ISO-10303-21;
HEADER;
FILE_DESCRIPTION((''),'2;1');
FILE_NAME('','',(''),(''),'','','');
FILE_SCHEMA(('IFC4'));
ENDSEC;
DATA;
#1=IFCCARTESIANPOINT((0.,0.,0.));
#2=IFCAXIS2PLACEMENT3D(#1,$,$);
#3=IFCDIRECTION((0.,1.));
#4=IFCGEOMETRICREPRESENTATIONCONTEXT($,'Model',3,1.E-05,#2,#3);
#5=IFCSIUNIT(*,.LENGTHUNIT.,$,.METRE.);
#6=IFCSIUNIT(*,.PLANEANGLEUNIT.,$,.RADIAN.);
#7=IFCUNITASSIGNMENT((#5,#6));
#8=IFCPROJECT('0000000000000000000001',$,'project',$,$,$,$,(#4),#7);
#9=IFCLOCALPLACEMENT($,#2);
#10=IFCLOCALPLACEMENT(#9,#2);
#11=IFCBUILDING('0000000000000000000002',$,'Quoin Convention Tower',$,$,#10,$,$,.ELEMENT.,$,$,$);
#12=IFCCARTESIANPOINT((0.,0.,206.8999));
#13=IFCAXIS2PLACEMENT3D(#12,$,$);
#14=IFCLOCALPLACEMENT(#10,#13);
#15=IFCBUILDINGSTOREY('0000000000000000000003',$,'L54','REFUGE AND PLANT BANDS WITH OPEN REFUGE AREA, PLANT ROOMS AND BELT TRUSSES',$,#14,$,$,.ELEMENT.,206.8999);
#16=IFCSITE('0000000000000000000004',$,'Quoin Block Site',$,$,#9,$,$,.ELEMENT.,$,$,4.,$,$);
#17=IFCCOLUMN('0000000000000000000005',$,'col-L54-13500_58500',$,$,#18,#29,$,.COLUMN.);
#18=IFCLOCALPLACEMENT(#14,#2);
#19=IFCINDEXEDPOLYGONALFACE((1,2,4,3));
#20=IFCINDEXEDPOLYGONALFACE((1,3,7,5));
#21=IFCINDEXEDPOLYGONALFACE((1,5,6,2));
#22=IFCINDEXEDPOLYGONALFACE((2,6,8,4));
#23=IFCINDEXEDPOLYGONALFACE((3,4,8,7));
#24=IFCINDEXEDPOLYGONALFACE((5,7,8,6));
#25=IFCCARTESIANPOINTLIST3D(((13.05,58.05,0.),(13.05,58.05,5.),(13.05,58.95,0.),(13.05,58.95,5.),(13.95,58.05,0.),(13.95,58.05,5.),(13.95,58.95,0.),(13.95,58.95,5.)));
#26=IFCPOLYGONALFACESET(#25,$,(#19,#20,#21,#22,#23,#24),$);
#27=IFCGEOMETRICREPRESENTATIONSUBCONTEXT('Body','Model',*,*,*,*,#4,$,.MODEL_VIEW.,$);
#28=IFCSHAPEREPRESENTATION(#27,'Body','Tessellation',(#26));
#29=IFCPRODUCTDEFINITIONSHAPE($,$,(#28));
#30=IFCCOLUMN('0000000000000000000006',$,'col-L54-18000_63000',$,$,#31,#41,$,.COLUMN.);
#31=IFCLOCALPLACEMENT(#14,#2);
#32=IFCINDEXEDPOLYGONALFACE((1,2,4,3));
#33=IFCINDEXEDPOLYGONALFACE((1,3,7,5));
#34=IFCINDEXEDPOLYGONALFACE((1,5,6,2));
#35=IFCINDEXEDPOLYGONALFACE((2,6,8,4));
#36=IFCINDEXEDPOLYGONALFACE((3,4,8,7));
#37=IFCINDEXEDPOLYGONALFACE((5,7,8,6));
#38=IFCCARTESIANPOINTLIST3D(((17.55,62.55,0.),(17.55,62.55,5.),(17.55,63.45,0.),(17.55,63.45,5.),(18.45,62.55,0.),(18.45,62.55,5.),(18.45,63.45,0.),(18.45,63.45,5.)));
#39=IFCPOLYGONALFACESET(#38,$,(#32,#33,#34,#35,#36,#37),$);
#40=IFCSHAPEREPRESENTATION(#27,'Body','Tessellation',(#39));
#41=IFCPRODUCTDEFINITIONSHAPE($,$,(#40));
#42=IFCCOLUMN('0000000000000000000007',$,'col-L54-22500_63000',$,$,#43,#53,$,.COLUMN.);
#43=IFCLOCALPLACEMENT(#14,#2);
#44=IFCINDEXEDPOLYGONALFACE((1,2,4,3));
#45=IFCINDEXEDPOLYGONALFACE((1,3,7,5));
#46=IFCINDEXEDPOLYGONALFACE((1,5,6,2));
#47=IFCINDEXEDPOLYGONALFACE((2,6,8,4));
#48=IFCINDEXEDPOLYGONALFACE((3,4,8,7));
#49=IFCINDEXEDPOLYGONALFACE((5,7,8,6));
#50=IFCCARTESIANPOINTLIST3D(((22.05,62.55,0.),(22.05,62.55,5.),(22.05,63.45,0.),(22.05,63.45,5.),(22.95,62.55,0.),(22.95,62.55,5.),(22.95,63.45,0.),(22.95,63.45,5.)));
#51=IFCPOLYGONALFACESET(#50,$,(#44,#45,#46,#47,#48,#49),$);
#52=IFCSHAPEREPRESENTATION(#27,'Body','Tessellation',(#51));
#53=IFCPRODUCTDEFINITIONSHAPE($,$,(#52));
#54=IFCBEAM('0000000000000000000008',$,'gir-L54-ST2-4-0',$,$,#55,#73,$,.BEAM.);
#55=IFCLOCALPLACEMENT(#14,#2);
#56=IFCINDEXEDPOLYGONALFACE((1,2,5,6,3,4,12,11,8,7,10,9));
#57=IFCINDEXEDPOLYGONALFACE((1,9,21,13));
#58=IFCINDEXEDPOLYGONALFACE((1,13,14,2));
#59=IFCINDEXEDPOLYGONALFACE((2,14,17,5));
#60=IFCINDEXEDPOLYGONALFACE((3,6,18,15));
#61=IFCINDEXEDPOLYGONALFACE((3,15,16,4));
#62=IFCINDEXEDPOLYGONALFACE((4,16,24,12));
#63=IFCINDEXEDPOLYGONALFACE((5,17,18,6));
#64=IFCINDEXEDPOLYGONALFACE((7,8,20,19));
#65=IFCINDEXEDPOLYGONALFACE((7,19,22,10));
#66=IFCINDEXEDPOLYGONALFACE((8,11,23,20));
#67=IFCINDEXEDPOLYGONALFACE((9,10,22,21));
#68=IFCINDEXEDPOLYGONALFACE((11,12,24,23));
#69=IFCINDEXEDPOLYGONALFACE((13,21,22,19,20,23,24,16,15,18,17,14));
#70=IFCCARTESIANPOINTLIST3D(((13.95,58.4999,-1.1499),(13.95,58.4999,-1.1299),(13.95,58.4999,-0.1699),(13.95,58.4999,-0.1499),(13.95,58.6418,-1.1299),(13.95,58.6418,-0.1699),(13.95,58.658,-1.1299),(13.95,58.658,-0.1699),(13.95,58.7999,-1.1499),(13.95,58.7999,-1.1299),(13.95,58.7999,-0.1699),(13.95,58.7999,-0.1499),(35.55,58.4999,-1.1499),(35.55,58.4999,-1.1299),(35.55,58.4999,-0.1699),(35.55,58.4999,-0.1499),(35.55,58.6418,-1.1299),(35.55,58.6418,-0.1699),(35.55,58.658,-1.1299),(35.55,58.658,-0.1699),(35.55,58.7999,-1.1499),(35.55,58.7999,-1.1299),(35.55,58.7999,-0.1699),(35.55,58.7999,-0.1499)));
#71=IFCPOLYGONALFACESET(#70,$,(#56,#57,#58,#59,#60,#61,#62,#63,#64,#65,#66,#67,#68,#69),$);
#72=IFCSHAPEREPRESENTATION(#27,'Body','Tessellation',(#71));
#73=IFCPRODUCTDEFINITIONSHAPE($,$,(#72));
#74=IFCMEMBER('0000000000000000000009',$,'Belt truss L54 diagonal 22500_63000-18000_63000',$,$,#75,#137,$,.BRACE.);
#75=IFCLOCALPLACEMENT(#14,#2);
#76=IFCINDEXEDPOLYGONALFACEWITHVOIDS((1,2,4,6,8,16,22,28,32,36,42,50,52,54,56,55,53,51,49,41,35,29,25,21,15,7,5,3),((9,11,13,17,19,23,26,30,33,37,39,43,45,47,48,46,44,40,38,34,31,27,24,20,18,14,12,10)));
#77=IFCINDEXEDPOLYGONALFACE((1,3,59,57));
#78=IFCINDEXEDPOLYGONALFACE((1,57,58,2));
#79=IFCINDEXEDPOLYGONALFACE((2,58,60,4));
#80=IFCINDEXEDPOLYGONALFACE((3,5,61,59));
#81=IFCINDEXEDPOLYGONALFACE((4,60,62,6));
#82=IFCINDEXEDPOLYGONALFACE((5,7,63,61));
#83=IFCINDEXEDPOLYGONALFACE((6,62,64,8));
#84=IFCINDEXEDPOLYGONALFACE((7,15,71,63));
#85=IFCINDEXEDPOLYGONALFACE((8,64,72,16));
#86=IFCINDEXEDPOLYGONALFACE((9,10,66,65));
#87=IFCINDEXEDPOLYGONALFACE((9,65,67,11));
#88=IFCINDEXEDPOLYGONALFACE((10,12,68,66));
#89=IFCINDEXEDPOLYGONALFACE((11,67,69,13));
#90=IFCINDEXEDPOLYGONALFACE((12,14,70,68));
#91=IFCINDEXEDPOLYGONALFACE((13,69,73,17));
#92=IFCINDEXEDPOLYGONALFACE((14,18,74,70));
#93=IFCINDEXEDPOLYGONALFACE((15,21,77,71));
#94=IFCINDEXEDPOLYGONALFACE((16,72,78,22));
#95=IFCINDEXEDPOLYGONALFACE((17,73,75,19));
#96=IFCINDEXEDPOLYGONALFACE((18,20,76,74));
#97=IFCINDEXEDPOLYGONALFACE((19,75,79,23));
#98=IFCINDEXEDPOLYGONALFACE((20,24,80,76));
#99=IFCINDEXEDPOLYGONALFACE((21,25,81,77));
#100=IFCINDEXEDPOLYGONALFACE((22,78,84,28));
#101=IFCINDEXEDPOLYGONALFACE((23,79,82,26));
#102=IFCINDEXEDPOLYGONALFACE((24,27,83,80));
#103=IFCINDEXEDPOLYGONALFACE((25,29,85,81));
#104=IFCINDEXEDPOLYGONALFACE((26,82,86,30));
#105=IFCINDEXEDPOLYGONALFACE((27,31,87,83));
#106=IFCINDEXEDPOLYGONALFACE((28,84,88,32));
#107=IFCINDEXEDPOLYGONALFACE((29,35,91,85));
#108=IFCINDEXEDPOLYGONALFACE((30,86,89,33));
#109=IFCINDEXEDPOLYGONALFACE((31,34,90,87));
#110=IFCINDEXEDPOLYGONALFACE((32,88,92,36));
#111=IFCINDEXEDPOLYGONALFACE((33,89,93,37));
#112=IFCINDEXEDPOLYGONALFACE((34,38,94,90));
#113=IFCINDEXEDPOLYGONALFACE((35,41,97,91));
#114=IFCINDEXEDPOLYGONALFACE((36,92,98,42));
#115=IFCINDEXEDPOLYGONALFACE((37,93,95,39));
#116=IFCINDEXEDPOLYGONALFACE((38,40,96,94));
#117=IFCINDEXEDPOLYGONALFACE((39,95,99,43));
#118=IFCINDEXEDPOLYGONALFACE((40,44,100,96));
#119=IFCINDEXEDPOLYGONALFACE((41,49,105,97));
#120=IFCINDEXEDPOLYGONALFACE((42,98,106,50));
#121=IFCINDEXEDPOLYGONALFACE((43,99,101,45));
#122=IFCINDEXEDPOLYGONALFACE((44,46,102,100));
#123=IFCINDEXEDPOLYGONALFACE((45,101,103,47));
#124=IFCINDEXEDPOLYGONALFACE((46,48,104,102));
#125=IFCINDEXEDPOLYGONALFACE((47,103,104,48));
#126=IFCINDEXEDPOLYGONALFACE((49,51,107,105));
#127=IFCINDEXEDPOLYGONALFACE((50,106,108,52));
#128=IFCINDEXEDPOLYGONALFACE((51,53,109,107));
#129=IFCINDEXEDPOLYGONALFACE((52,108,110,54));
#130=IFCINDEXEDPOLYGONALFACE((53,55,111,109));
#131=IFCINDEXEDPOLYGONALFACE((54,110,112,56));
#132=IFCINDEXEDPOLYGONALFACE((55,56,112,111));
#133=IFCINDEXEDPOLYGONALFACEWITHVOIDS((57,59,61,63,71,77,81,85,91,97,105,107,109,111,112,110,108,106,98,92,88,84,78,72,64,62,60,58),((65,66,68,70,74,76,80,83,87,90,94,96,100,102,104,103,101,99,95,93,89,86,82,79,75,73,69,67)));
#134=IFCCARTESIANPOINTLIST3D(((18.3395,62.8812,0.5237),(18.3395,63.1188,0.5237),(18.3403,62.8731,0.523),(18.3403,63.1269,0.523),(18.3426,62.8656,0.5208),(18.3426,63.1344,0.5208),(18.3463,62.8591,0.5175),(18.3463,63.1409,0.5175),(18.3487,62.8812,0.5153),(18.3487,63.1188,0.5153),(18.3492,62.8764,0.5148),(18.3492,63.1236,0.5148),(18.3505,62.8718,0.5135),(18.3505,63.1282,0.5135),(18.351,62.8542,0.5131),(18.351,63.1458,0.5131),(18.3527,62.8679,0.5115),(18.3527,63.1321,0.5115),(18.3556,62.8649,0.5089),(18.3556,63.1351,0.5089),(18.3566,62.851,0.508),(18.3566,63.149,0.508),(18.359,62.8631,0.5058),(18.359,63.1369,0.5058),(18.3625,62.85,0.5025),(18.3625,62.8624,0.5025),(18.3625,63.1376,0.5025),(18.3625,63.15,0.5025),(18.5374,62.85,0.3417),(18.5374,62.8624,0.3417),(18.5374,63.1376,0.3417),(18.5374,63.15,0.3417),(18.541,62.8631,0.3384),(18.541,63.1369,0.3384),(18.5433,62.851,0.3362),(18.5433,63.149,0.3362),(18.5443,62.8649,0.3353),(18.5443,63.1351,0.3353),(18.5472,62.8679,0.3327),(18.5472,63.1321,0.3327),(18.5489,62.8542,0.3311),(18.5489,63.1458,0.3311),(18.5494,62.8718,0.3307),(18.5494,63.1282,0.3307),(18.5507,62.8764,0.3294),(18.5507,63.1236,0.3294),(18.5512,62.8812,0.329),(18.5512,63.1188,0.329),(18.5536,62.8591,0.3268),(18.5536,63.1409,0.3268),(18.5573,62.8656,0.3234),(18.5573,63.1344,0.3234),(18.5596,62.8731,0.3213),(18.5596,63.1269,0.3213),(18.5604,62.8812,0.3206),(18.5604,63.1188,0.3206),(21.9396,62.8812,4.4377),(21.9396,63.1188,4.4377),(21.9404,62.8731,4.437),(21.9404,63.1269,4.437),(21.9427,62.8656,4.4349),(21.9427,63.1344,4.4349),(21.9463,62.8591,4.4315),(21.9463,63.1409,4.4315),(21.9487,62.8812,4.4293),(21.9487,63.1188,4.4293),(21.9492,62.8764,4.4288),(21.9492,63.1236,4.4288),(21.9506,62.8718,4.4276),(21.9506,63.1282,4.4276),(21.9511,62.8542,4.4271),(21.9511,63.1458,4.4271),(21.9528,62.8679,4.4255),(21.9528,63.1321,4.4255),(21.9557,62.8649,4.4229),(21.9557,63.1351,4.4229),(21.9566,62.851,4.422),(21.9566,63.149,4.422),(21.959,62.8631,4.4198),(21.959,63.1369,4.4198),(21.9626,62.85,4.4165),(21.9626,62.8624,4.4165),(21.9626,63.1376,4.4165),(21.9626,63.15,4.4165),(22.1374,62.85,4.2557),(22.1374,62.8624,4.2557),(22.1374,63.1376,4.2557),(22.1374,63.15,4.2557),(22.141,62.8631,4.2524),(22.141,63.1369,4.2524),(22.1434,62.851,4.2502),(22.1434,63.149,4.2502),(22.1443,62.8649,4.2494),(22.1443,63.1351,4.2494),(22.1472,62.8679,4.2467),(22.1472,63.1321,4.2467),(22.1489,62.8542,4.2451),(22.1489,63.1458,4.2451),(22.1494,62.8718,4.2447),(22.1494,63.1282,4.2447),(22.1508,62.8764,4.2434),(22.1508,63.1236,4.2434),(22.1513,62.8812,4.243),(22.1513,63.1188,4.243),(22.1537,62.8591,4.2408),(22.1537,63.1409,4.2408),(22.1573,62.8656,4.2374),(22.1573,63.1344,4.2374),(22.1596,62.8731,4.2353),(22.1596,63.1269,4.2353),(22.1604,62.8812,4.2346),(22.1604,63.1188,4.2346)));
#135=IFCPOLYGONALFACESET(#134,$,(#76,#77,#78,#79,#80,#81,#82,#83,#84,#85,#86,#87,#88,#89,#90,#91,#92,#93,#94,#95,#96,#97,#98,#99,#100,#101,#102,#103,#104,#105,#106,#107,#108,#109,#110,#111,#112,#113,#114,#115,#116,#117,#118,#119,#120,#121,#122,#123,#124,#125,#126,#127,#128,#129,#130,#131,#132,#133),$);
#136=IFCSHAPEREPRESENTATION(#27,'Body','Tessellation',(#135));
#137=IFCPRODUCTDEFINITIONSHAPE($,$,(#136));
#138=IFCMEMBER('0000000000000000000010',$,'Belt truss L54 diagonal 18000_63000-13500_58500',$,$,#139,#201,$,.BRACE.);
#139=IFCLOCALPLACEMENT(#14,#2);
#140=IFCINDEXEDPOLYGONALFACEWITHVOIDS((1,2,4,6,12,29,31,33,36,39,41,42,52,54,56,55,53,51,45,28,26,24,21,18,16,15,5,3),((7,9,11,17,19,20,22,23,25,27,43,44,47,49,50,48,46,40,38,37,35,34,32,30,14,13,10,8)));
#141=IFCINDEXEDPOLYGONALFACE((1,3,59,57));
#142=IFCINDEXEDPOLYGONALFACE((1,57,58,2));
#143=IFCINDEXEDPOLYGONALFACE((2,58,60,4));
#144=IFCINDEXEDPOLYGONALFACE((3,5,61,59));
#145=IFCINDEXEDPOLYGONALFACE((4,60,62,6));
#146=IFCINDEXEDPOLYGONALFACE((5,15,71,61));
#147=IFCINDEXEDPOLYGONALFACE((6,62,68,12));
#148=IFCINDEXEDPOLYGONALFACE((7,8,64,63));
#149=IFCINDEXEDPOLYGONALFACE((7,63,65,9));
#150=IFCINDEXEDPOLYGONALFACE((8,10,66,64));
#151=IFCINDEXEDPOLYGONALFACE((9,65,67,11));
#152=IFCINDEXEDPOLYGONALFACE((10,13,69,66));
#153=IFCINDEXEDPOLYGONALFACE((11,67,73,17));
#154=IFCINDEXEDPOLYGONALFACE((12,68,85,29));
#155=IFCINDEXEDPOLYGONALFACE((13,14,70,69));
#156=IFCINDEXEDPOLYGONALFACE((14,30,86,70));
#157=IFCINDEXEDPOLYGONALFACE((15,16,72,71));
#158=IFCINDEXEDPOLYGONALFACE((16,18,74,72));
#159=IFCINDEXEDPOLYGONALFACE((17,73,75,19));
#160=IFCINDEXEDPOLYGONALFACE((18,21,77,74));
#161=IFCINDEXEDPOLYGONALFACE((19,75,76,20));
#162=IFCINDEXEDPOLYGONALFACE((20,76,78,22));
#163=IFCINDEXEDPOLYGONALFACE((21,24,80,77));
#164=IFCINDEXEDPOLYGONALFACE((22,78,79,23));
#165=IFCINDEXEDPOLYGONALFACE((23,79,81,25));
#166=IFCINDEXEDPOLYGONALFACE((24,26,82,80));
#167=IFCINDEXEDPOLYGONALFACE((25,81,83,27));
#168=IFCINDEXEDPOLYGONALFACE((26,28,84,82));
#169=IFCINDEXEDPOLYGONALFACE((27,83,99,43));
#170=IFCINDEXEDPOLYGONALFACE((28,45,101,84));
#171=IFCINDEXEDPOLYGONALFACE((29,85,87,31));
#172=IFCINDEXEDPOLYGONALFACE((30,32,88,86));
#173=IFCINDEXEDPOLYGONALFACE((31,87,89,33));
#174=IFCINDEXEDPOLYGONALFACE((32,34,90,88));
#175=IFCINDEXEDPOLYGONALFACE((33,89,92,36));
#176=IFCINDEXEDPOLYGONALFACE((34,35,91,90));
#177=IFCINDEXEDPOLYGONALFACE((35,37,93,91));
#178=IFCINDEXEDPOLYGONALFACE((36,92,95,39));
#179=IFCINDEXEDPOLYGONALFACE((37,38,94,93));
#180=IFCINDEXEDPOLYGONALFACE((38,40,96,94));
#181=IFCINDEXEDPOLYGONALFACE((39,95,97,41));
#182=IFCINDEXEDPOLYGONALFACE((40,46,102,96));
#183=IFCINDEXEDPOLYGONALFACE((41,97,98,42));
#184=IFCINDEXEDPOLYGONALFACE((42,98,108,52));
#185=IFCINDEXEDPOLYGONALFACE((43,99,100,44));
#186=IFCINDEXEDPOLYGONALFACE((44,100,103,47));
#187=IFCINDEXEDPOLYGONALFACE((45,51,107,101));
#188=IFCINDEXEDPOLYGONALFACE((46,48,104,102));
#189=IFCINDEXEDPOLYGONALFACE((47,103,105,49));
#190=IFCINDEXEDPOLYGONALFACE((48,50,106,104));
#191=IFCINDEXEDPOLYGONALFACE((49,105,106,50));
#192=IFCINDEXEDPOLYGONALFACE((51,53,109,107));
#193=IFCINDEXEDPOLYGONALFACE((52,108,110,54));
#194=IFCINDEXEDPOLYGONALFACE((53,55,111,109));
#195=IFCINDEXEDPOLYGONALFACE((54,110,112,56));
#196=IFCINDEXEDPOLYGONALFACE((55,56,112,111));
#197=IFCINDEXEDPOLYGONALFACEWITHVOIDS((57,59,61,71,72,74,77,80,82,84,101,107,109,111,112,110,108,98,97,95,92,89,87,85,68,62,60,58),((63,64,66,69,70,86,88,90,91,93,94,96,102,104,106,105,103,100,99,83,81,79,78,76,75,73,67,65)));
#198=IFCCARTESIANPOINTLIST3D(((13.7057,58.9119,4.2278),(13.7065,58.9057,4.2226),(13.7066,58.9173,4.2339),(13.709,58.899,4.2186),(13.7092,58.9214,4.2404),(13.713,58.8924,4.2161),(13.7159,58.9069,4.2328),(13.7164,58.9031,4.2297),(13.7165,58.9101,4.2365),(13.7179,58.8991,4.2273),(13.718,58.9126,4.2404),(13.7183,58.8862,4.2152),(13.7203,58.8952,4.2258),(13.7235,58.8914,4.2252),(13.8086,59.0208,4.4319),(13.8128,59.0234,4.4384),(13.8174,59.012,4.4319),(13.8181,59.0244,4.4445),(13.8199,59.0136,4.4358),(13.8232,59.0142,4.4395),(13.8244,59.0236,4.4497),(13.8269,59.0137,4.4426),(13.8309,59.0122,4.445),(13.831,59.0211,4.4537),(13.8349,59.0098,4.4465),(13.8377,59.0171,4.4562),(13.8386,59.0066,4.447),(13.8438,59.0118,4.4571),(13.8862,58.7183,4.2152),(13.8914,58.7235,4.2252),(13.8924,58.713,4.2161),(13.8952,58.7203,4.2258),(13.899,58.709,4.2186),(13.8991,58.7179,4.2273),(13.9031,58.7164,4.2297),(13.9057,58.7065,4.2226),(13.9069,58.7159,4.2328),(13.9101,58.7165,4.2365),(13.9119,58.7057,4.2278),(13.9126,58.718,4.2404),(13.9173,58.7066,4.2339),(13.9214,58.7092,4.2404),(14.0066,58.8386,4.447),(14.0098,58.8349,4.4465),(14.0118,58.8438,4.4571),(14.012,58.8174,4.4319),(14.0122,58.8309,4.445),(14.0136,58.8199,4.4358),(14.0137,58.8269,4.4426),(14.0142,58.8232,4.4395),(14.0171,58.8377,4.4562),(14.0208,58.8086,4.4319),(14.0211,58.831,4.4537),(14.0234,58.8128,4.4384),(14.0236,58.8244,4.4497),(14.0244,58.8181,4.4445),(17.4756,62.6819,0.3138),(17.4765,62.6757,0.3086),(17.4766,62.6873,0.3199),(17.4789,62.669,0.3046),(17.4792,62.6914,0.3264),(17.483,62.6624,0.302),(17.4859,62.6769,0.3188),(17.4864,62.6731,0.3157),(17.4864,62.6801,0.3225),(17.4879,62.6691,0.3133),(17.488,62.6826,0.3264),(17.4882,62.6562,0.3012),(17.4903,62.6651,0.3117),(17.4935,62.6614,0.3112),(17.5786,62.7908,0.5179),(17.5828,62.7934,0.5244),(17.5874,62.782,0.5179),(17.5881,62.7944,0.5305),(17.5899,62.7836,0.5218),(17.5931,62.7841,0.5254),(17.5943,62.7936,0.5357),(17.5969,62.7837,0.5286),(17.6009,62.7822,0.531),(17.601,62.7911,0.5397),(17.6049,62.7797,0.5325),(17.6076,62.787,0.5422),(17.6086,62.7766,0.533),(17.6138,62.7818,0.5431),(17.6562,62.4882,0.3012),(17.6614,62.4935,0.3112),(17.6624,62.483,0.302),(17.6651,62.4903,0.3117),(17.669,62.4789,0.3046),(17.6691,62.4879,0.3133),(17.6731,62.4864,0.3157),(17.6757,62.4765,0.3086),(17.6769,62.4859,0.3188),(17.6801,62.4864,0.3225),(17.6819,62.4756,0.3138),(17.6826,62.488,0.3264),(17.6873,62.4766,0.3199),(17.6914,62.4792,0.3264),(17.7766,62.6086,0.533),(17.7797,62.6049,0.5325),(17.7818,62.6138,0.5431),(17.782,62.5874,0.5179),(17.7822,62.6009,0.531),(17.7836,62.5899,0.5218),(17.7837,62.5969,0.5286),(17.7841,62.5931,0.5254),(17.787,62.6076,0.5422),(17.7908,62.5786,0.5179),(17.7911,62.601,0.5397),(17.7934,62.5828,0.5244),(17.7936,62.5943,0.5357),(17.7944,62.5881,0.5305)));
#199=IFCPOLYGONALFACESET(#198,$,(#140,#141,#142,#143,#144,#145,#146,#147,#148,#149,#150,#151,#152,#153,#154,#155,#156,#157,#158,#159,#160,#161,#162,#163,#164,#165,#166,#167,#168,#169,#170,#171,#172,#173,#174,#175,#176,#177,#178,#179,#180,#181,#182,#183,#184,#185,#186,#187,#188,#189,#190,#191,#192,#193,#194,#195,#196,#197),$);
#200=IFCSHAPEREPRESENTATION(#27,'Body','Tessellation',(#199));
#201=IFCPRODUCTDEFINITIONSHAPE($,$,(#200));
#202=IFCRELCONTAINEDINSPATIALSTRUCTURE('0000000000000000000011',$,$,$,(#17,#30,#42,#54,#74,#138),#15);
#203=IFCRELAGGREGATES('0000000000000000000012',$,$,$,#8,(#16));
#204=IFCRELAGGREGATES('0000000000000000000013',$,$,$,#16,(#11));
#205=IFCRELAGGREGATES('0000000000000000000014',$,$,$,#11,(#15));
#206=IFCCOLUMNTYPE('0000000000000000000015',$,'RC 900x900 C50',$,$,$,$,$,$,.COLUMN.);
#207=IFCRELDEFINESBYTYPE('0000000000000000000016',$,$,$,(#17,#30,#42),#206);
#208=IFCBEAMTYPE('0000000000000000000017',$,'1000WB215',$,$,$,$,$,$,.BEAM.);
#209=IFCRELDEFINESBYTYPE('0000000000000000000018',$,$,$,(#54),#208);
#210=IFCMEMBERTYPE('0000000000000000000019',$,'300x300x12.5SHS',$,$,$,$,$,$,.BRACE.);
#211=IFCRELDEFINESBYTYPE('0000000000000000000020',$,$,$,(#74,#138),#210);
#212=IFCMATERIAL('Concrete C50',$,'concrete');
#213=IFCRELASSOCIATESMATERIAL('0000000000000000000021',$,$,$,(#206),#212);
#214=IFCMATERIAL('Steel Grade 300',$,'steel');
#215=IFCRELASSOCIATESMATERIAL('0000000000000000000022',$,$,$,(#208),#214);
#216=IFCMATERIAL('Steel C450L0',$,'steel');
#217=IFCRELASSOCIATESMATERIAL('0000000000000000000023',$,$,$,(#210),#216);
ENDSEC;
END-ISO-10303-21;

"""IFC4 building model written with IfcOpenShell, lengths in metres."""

from ifc_helpers import new_model, si_unit, direction, frame, origin, origin_2d, place, context, subcontext, project, spatial, rectangle, hollow_rectangle, i_section, extrude, material, material_profile, profile_set, type_object, element, save


model = new_model("IFC4")

# Units and contexts
model_context = context("Model", 3, precision=1e-05, world=origin(), true_north=direction((0.0, 1.0)))
body_context = subcontext(model_context, "Body", "Model", "MODEL_VIEW")
ifc_project = project(units=[si_unit("LENGTHUNIT", "METRE"), si_unit("PLANEANGLEUNIT", "RADIAN")], contexts=[model_context])

# Site, building, storey
site_placement = place(None, origin())
site = spatial("IfcSite", under=ifc_project, at=site_placement, Name="Quoin Block Site", CompositionType="ELEMENT", RefElevation=4.0)
building_placement = place(site_placement, origin())
building = spatial("IfcBuilding", under=site, at=building_placement, Name="Quoin Convention Tower", CompositionType="ELEMENT")
storey_placement = place(building_placement, frame((0.0, 0.0, 206.8999)))
storey = spatial("IfcBuildingStorey", under=building, at=storey_placement, Name="L54", Description="REFUGE AND PLANT BANDS WITH OPEN REFUGE AREA, PLANT ROOMS AND BELT TRUSSES", CompositionType="ELEMENT", Elevation=206.8999)

# Columns
ifc_material_1 = material(Name="Concrete C50", Category="concrete")
ifc_material_profile_1 = material_profile(ifc_material_1, rectangle(XDim=0.8999, YDim=0.8999, at=origin_2d()), Name="RC 900x900")
ifc_profile_set_1 = profile_set([ifc_material_profile_1], Name="Concrete C50")
column_type = type_object("IfcColumnType", Name="RC 900x900 C50", PredefinedType="COLUMN", material=ifc_profile_set_1)
for number, where, z_axis, x_axis, name in (
    (1, (13.5, 58.5, 0.0), (0.0, 0.0, 1.0), (1.0, 0.0, 0.0), "col-L54-13500_58500"),
    (2, (18.0, 63.0, 0.0), (0.0, 0.0, 1.0), (1.0, 0.0, 0.0), "col-L54-18000_63000"),
    (3, (22.5, 63.0, 0.0), (0.0, 0.0, 1.0), (1.0, 0.0, 0.0), "col-L54-22500_63000"),
):
    element("IfcColumn", number, at=place(storey_placement, frame(where, z_axis=z_axis, x_axis=x_axis)), inside=storey, type_object=column_type, Name=name, PredefinedType="COLUMN", context=body_context, shape_type="SweptSolid", body=[
        extrude(rectangle(XDim=0.8999, YDim=0.8999, at=origin_2d()), origin(), (0.0, 0.0, 1.0), 5.0),
    ])

# Beam
ifc_material_2 = material(Name="Steel Grade 300", Category="steel")
ifc_material_profile_2 = material_profile(ifc_material_2, i_section(OverallWidth=0.3, OverallDepth=1.0, WebThickness=0.0161, FlangeThickness=0.02, at=origin_2d()), Name="1000WB215")
ifc_profile_set_2 = profile_set([ifc_material_profile_2], Name="Steel Grade 300")
beam_type_1 = type_object("IfcBeamType", Name="1000WB215", PredefinedType="BEAM", material=ifc_profile_set_2)
beam_1_placement = place(storey_placement, frame((13.95, 58.6499, -0.6499), z_axis=(1.0, 0.0, 0.0), x_axis=(0.0, 1.0, 0.0)))
element("IfcBeam", 4, at=beam_1_placement, inside=storey, type_object=beam_type_1, Name="gir-L54-ST2-4-0", PredefinedType="BEAM", context=body_context, shape_type="SweptSolid", body=[
    extrude(i_section(OverallWidth=0.3, OverallDepth=1.0, WebThickness=0.0161, FlangeThickness=0.02, at=origin_2d()), origin(), (0.0, 0.0, 1.0), 21.6001),
])

# Members
ifc_material_3 = material(Name="Steel C450L0", Category="steel")
ifc_material_profile_3 = material_profile(ifc_material_3, hollow_rectangle(XDim=0.3, YDim=0.3, WallThickness=0.0125, InnerFilletRadius=0.0188, OuterFilletRadius=0.0312, at=origin_2d()), Name="300x300x12.5SHS")
ifc_profile_set_3 = profile_set([ifc_material_profile_3], Name="Steel C450L0")
member_type_1 = type_object("IfcMemberType", Name="300x300x12.5SHS", PredefinedType="BRACE", material=ifc_profile_set_3)
member_1_placement = place(storey_placement, frame((18.45, 63.0, 0.4221), z_axis=(0.676971, 0.0, 0.73601), x_axis=(0.0, 1.0, 0.0)))
element("IfcMember", 5, at=member_1_placement, inside=storey, type_object=member_type_1, Name="Belt truss L54 diagonal 22500_63000-18000_63000", PredefinedType="BRACE", context=body_context, shape_type="SweptSolid", body=[
    extrude(hollow_rectangle(XDim=0.3, YDim=0.3, WallThickness=0.0125, InnerFilletRadius=0.0188, OuterFilletRadius=0.0312, at=origin_2d()), origin(), (0.0, 0.0, 1.0), 5.3179),
])
member_2_placement = place(storey_placement, frame((17.635, 62.635, 0.4221), z_axis=(-0.57, -0.57, 0.591778), x_axis=(0.707107, -0.707107, 0.0)))
element("IfcMember", 6, at=member_2_placement, inside=storey, type_object=member_type_1, Name="Belt truss L54 diagonal 18000_63000-13500_58500", PredefinedType="BRACE", context=body_context, shape_type="SweptSolid", body=[
    extrude(hollow_rectangle(XDim=0.3, YDim=0.3, WallThickness=0.0125, InnerFilletRadius=0.0188, OuterFilletRadius=0.0312, at=origin_2d()), origin(), (0.0, 0.0, 1.0), 6.614),
])

save(model, "model.ifc")
